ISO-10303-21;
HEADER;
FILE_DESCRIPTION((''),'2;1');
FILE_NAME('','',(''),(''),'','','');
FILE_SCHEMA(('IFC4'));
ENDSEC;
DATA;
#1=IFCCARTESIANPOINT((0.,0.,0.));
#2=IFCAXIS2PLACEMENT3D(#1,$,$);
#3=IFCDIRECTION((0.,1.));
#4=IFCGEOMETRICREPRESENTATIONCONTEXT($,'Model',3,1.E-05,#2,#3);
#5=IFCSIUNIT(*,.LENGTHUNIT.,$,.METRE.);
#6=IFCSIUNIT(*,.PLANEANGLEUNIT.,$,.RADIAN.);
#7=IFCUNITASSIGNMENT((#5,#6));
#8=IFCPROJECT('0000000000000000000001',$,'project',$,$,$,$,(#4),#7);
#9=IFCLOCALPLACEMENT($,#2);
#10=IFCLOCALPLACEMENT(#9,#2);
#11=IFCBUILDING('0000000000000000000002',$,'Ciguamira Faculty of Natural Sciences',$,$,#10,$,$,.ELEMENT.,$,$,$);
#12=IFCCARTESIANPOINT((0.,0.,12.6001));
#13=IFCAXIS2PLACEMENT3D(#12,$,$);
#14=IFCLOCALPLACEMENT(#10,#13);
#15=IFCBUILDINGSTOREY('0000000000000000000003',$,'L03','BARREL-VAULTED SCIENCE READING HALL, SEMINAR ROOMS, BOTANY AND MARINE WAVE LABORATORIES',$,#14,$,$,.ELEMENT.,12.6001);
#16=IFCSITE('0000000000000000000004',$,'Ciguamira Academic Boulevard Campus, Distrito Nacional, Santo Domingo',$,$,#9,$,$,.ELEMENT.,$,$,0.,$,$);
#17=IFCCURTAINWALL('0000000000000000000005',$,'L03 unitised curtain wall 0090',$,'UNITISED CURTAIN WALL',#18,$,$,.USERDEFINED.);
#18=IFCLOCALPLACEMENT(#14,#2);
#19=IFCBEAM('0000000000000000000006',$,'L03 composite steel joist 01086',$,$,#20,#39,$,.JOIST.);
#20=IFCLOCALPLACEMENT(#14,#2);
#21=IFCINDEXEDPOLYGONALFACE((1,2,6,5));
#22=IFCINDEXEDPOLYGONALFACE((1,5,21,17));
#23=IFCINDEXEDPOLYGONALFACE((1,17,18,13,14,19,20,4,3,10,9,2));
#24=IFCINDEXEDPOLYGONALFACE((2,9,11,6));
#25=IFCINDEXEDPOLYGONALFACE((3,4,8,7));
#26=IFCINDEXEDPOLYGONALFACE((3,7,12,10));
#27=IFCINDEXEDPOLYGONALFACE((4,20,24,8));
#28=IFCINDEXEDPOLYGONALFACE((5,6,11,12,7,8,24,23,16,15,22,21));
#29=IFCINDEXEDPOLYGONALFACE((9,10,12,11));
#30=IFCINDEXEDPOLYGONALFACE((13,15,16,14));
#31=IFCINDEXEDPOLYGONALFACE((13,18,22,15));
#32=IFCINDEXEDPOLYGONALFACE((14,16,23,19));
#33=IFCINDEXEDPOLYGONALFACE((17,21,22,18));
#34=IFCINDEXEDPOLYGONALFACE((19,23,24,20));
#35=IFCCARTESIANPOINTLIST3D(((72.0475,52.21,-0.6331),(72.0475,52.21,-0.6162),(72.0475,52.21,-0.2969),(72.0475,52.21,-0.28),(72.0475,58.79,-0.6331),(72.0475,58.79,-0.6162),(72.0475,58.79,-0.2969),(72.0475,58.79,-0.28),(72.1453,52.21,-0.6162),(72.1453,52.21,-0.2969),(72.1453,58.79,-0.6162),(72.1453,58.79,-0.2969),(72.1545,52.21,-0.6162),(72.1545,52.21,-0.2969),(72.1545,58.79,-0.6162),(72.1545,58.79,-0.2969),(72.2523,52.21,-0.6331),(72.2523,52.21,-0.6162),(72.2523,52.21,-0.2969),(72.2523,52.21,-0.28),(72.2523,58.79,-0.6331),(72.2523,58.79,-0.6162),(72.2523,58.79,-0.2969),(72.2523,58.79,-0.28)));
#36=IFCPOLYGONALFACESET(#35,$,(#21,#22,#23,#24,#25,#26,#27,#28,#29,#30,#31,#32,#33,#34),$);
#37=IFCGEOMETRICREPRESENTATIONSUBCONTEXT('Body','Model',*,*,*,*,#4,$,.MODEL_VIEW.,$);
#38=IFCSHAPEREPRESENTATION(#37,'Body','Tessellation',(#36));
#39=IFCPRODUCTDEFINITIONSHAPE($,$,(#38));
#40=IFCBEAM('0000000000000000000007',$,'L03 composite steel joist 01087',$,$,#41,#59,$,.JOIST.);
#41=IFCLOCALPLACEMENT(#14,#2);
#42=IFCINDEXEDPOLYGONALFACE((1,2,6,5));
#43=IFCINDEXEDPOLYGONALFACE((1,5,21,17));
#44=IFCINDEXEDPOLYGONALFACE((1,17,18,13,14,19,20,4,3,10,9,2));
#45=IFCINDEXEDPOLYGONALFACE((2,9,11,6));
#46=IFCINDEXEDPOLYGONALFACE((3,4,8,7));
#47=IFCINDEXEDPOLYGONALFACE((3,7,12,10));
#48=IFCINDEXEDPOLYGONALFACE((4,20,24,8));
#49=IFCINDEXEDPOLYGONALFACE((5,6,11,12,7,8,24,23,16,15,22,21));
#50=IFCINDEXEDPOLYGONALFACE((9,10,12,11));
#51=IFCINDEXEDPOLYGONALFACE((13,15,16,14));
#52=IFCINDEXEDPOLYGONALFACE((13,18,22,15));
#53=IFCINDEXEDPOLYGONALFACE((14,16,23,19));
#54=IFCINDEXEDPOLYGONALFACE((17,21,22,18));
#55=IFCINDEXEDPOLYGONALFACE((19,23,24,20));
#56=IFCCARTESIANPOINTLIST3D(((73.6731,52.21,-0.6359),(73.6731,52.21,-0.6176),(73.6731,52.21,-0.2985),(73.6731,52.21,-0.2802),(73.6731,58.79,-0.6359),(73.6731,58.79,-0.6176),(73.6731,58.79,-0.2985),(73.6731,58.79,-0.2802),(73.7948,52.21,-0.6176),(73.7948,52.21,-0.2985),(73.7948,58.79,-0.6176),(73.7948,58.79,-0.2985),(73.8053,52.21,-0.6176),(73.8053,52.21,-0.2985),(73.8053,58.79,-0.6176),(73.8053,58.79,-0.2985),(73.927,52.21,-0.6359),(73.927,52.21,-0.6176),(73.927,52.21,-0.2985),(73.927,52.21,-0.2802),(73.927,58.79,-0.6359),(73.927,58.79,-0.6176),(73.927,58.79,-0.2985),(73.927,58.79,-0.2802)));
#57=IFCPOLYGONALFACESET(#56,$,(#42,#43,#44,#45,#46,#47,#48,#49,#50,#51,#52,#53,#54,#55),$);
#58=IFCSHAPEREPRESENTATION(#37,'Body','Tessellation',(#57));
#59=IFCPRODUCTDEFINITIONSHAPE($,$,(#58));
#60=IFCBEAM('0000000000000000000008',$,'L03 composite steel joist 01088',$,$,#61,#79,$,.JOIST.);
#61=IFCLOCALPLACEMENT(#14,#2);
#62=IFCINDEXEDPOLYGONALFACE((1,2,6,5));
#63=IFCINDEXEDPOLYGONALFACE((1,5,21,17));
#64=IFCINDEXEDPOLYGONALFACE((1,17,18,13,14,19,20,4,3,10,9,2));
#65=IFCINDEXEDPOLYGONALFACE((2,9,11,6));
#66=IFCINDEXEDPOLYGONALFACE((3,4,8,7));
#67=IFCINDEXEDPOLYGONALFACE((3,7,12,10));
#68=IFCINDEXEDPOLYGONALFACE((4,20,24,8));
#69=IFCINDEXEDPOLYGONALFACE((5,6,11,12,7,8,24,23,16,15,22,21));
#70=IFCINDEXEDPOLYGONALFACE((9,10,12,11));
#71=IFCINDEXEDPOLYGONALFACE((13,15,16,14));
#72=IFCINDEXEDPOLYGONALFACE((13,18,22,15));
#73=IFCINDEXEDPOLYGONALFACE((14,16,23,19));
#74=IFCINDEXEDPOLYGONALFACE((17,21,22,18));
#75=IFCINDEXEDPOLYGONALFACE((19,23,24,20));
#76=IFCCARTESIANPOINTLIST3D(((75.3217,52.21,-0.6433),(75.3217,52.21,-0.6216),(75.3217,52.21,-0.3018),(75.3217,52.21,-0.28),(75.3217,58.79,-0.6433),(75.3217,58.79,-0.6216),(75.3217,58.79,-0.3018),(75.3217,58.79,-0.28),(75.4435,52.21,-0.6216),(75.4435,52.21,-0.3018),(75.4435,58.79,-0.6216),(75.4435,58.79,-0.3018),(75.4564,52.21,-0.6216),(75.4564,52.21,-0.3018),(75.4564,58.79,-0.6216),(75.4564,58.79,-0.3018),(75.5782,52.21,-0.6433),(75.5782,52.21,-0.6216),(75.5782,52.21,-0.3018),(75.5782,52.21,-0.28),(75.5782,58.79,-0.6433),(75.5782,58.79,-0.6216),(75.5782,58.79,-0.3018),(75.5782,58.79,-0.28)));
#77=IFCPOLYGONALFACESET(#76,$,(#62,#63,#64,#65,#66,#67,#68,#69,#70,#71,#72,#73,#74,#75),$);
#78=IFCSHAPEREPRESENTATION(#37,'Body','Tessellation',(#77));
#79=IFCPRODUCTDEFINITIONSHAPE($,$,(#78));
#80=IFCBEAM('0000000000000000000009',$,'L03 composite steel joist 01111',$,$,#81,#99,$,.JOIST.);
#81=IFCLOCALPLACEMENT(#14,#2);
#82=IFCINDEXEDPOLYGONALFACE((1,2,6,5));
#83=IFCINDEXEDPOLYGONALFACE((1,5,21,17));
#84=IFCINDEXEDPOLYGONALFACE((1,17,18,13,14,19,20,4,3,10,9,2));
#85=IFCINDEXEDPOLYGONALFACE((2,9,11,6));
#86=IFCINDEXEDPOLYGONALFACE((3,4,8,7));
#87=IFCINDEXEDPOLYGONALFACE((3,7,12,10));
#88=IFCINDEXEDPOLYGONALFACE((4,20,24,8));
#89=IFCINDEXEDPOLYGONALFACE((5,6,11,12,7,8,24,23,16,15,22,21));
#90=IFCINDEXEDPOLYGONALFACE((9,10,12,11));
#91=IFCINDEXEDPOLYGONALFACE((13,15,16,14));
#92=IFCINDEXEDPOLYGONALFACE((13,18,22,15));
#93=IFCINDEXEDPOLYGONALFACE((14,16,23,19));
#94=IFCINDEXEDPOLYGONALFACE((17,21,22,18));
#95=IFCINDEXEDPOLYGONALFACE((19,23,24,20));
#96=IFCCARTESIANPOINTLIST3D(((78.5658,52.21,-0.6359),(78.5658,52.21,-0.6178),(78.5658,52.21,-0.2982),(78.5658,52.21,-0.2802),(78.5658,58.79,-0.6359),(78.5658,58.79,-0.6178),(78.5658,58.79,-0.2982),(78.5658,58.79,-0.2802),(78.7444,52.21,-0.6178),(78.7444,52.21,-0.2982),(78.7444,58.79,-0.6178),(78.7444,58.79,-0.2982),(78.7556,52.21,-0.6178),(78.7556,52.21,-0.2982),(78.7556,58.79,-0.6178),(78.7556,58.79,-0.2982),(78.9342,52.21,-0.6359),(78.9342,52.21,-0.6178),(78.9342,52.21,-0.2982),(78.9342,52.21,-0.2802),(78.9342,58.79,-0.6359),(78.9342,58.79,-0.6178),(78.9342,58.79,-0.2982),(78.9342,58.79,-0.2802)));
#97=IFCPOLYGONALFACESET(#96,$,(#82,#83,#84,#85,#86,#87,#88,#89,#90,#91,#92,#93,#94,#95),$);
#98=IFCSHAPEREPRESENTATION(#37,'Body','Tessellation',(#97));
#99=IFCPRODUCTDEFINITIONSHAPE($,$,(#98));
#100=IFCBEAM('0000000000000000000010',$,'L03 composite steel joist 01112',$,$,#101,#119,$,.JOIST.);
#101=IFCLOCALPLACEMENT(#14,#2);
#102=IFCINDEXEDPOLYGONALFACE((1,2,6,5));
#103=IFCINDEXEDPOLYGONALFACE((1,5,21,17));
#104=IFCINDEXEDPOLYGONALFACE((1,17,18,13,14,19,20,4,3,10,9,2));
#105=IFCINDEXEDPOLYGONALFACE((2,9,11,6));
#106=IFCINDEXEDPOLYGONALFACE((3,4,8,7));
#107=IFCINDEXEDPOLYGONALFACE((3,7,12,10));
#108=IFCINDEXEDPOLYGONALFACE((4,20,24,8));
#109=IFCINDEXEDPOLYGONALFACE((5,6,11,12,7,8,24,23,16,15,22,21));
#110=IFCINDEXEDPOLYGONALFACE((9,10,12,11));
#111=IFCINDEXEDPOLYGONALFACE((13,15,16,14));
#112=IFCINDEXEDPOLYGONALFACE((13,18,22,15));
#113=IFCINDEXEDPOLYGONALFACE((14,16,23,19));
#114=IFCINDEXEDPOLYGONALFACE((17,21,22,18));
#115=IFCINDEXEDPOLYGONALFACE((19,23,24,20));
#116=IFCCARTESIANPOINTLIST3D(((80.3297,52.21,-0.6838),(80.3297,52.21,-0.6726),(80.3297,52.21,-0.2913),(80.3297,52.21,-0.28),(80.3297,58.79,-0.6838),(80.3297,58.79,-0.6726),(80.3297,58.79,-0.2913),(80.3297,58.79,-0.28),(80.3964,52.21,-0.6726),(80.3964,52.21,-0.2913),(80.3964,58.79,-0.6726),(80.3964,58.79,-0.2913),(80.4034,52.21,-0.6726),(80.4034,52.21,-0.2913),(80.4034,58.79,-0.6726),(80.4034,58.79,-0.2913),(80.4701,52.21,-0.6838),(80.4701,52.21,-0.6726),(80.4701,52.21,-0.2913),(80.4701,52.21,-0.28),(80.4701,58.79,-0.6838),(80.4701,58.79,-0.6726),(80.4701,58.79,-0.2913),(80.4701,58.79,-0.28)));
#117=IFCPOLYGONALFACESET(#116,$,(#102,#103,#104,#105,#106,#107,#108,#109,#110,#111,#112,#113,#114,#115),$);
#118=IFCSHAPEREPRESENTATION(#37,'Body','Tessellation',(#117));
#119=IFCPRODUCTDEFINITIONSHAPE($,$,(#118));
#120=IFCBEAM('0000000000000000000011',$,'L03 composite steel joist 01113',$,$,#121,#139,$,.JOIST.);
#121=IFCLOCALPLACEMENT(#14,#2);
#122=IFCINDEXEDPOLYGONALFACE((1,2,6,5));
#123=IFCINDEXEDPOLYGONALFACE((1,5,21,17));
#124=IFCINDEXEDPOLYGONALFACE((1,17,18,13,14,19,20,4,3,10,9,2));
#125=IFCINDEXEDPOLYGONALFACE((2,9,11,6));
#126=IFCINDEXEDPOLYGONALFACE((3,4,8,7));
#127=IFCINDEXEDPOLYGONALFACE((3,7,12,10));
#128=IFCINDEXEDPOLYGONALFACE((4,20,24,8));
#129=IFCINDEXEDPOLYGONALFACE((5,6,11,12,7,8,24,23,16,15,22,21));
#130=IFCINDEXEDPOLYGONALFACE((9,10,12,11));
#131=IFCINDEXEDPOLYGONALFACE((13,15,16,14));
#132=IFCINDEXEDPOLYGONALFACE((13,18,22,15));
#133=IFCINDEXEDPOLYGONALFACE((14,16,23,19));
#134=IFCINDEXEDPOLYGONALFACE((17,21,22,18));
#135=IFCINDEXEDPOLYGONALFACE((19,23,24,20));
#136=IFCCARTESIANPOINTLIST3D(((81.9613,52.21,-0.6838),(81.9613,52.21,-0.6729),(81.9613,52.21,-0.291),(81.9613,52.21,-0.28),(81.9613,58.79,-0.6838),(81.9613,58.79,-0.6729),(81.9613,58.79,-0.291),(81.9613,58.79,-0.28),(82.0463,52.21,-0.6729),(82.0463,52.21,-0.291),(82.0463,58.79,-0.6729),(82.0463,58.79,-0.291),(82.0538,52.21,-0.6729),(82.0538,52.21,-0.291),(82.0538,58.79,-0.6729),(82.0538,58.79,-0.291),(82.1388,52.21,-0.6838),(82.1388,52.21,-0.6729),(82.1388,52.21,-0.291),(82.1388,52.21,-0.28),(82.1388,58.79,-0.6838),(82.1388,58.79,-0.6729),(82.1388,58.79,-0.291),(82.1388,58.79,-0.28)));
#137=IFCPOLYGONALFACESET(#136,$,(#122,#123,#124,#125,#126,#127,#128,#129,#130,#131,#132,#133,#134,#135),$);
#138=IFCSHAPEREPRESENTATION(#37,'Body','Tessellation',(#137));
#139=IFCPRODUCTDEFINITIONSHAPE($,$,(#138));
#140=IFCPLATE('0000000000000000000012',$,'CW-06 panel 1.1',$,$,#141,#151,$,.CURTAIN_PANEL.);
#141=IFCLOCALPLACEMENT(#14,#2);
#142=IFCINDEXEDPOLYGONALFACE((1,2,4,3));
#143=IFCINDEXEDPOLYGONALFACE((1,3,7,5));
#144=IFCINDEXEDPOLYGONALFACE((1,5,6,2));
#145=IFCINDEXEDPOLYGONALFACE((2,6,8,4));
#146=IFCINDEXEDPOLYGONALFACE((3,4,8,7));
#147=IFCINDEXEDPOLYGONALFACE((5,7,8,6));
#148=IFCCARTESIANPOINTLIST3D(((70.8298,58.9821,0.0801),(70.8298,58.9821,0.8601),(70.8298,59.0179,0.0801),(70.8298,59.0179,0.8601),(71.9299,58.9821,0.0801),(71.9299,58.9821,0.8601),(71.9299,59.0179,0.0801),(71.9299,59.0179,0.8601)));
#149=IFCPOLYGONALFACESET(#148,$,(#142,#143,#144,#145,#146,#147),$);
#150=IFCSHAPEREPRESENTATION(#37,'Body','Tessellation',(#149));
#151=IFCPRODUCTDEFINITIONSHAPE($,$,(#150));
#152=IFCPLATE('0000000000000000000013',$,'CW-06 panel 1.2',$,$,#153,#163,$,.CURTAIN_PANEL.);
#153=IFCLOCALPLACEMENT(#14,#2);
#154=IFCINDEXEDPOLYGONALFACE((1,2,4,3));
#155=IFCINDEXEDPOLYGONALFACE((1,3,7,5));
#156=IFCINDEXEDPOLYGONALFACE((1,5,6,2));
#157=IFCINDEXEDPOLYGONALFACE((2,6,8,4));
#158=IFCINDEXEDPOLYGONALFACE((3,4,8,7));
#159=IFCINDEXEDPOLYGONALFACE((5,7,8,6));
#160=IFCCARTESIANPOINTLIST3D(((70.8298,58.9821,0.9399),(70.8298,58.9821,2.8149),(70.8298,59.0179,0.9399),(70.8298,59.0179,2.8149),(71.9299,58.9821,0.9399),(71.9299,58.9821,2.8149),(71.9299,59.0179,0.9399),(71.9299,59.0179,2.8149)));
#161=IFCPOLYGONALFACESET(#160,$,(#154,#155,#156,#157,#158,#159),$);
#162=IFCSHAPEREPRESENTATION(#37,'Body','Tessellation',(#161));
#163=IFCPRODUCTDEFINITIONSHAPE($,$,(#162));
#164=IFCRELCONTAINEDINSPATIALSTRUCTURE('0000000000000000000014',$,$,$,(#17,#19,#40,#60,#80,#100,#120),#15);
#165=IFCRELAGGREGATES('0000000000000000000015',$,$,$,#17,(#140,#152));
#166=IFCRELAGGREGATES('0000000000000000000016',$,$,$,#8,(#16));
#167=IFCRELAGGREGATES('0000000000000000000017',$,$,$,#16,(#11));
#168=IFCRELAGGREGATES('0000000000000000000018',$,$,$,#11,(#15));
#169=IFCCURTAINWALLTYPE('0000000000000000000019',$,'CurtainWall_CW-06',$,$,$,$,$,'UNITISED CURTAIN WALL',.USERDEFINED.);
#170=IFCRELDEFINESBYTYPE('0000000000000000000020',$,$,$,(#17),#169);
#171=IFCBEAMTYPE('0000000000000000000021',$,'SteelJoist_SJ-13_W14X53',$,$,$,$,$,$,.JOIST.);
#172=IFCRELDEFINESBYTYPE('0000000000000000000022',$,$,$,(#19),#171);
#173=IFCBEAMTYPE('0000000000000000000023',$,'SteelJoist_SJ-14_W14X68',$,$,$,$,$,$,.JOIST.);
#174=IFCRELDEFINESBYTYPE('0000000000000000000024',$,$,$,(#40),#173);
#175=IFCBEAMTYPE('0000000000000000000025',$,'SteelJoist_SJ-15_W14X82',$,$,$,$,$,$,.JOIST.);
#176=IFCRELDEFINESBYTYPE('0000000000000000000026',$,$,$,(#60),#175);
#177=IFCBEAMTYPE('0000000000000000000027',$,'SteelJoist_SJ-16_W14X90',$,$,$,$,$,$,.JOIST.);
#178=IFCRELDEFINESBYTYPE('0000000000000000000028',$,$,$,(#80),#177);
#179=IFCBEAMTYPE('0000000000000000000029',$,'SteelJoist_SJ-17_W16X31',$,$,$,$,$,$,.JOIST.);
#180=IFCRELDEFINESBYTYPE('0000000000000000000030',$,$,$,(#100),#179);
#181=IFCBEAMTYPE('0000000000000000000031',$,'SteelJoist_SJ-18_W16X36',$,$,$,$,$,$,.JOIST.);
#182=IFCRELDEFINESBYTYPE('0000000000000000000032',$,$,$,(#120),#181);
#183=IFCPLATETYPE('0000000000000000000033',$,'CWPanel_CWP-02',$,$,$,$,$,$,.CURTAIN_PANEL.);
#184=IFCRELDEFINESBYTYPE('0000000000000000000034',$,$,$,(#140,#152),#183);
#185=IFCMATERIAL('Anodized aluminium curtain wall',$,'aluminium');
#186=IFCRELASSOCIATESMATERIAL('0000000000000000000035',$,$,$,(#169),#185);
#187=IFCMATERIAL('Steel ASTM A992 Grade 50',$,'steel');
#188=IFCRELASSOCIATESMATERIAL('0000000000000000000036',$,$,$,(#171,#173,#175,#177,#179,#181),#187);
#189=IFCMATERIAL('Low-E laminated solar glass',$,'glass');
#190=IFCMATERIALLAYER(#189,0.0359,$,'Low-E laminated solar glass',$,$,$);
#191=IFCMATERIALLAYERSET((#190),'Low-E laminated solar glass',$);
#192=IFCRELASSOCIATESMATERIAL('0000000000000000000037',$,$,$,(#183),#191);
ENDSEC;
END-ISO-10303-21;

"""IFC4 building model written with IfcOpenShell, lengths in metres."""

from ifc_helpers import new_model, si_unit, direction, frame, origin, origin_2d, place, context, subcontext, project, spatial, rectangle, i_section, extrude, material, layer, layer_set, material_profile, profile_set, type_object, element, aggregate, save


model = new_model("IFC4")

# Units and contexts
model_context = context("Model", 3, precision=1e-05, world=origin(), true_north=direction((0.0, 1.0)))
body_context = subcontext(model_context, "Body", "Model", "MODEL_VIEW")
ifc_project = project(units=[si_unit("LENGTHUNIT", "METRE"), si_unit("PLANEANGLEUNIT", "RADIAN")], contexts=[model_context])

# Site, building, storey
site_placement = place(None, origin())
site = spatial("IfcSite", under=ifc_project, at=site_placement, Name="Ciguamira Academic Boulevard Campus, Distrito Nacional, Santo Domingo", CompositionType="ELEMENT", RefElevation=0.0)
building_placement = place(site_placement, origin())
building = spatial("IfcBuilding", under=site, at=building_placement, Name="Ciguamira Faculty of Natural Sciences", CompositionType="ELEMENT")
storey_placement = place(building_placement, frame((0.0, 0.0, 12.6001)))
storey = spatial("IfcBuildingStorey", under=building, at=storey_placement, Name="L03", Description="BARREL-VAULTED SCIENCE READING HALL, SEMINAR ROOMS, BOTANY AND MARINE WAVE LABORATORIES", CompositionType="ELEMENT", Elevation=12.6001)

# Curtain wall
ifc_material_1 = material(Name="Anodized aluminium curtain wall", Category="aluminium")
curtain_wall_type = type_object("IfcCurtainWallType", Name="CurtainWall_CW-06", ElementType="UNITISED CURTAIN WALL", PredefinedType="USERDEFINED", material=ifc_material_1)
curtain_wall_placement = place(storey_placement, origin())
curtain_wall = element("IfcCurtainWall", 1, at=curtain_wall_placement, inside=storey, type_object=curtain_wall_type, Name="L03 unitised curtain wall 0090", ObjectType="UNITISED CURTAIN WALL", PredefinedType="USERDEFINED")

# Beams
ifc_material_2 = material(Name="Steel ASTM A992 Grade 50", Category="steel")
ifc_material_profile_1 = material_profile(ifc_material_2, i_section(OverallWidth=0.2048, OverallDepth=0.353, WebThickness=0.0093, FlangeThickness=0.0168, at=origin_2d()), Name="W14X53")
ifc_profile_set_1 = profile_set([ifc_material_profile_1], Name="Steel ASTM A992 Grade 50")
beam_type_1 = type_object("IfcBeamType", Name="SteelJoist_SJ-13_W14X53", PredefinedType="JOIST", material=ifc_profile_set_1)
beam_1_placement = place(storey_placement, frame((72.1499, 52.21, -0.4565), z_axis=(0.0, 1.0, 0.0), x_axis=(-1.0, 0.0, 0.0)))
element("IfcBeam", 2, at=beam_1_placement, inside=storey, type_object=beam_type_1, Name="L03 composite steel joist 01086", PredefinedType="JOIST", context=body_context, shape_type="SweptSolid", body=[
    extrude(i_section(OverallWidth=0.2048, OverallDepth=0.353, WebThickness=0.0093, FlangeThickness=0.0168, at=origin_2d()), origin(), (0.0, 0.0, 1.0), 6.5801),
])
ifc_material_profile_2 = material_profile(ifc_material_2, i_section(OverallWidth=0.2539, OverallDepth=0.3557, WebThickness=0.0105, FlangeThickness=0.0183, at=origin_2d()), Name="W14X68")
ifc_profile_set_2 = profile_set([ifc_material_profile_2], Name="Steel ASTM A992 Grade 50")
beam_type_2 = type_object("IfcBeamType", Name="SteelJoist_SJ-14_W14X68", PredefinedType="JOIST", material=ifc_profile_set_2)
beam_2_placement = place(storey_placement, frame((73.8, 52.21, -0.458), z_axis=(0.0, 1.0, 0.0), x_axis=(-1.0, 0.0, 0.0)))
element("IfcBeam", 3, at=beam_2_placement, inside=storey, type_object=beam_type_2, Name="L03 composite steel joist 01087", PredefinedType="JOIST", context=body_context, shape_type="SweptSolid", body=[
    extrude(i_section(OverallWidth=0.2539, OverallDepth=0.3557, WebThickness=0.0105, FlangeThickness=0.0183, at=origin_2d()), origin(), (0.0, 0.0, 1.0), 6.5801),
])
ifc_material_profile_3 = material_profile(ifc_material_2, i_section(OverallWidth=0.2566, OverallDepth=0.3633, WebThickness=0.0129, FlangeThickness=0.0217, at=origin_2d()), Name="W14X82")
ifc_profile_set_3 = profile_set([ifc_material_profile_3], Name="Steel ASTM A992 Grade 50")
beam_type_3 = type_object("IfcBeamType", Name="SteelJoist_SJ-15_W14X82", PredefinedType="JOIST", material=ifc_profile_set_3)
beam_3_placement = place(storey_placement, frame((75.45, 52.21, -0.4617), z_axis=(0.0, 1.0, 0.0), x_axis=(-1.0, 0.0, 0.0)))
element("IfcBeam", 4, at=beam_3_placement, inside=storey, type_object=beam_type_3, Name="L03 composite steel joist 01088", PredefinedType="JOIST", context=body_context, shape_type="SweptSolid", body=[
    extrude(i_section(OverallWidth=0.2566, OverallDepth=0.3633, WebThickness=0.0129, FlangeThickness=0.0217, at=origin_2d()), origin(), (0.0, 0.0, 1.0), 6.5801),
])
ifc_material_profile_4 = material_profile(ifc_material_2, i_section(OverallWidth=0.3684, OverallDepth=0.3557, WebThickness=0.0112, FlangeThickness=0.0181, at=origin_2d()), Name="W14X90")
ifc_profile_set_4 = profile_set([ifc_material_profile_4], Name="Steel ASTM A992 Grade 50")
beam_type_4 = type_object("IfcBeamType", Name="SteelJoist_SJ-16_W14X90", PredefinedType="JOIST", material=ifc_profile_set_4)
beam_4_placement = place(storey_placement, frame((78.75, 52.21, -0.458), z_axis=(0.0, 1.0, 0.0), x_axis=(-1.0, 0.0, 0.0)))
element("IfcBeam", 5, at=beam_4_placement, inside=storey, type_object=beam_type_4, Name="L03 composite steel joist 01111", PredefinedType="JOIST", context=body_context, shape_type="SweptSolid", body=[
    extrude(i_section(OverallWidth=0.3684, OverallDepth=0.3557, WebThickness=0.0112, FlangeThickness=0.0181, at=origin_2d()), origin(), (0.0, 0.0, 1.0), 6.5801),
])
ifc_material_profile_5 = material_profile(ifc_material_2, i_section(OverallWidth=0.1404, OverallDepth=0.4038, WebThickness=0.0071, FlangeThickness=0.0112, at=origin_2d()), Name="W16X31")
ifc_profile_set_5 = profile_set([ifc_material_profile_5], Name="Steel ASTM A992 Grade 50")
beam_type_5 = type_object("IfcBeamType", Name="SteelJoist_SJ-17_W16X31", PredefinedType="JOIST", material=ifc_profile_set_5)
beam_5_placement = place(storey_placement, frame((80.3999, 52.21, -0.4819), z_axis=(0.0, 1.0, 0.0), x_axis=(-1.0, 0.0, 0.0)))
element("IfcBeam", 6, at=beam_5_placement, inside=storey, type_object=beam_type_5, Name="L03 composite steel joist 01112", PredefinedType="JOIST", context=body_context, shape_type="SweptSolid", body=[
    extrude(i_section(OverallWidth=0.1404, OverallDepth=0.4038, WebThickness=0.0071, FlangeThickness=0.0112, at=origin_2d()), origin(), (0.0, 0.0, 1.0), 6.5801),
])
ifc_material_profile_6 = material_profile(ifc_material_2, i_section(OverallWidth=0.1775, OverallDepth=0.4038, WebThickness=0.0076, FlangeThickness=0.011, at=origin_2d()), Name="W16X36")
ifc_profile_set_6 = profile_set([ifc_material_profile_6], Name="Steel ASTM A992 Grade 50")
beam_type_6 = type_object("IfcBeamType", Name="SteelJoist_SJ-18_W16X36", PredefinedType="JOIST", material=ifc_profile_set_6)
beam_6_placement = place(storey_placement, frame((82.05, 52.21, -0.4819), z_axis=(0.0, 1.0, 0.0), x_axis=(-1.0, 0.0, 0.0)))
element("IfcBeam", 7, at=beam_6_placement, inside=storey, type_object=beam_type_6, Name="L03 composite steel joist 01113", PredefinedType="JOIST", context=body_context, shape_type="SweptSolid", body=[
    extrude(i_section(OverallWidth=0.1775, OverallDepth=0.4038, WebThickness=0.0076, FlangeThickness=0.011, at=origin_2d()), origin(), (0.0, 0.0, 1.0), 6.5801),
])

# Plates
ifc_material_3 = material(Name="Low-E laminated solar glass", Category="glass")
ifc_layer = layer(ifc_material_3, 0.0359, Name="Low-E laminated solar glass")
ifc_layer_set = layer_set([ifc_layer], Name="Low-E laminated solar glass")
plate_type = type_object("IfcPlateType", Name="CWPanel_CWP-02", PredefinedType="CURTAIN_PANEL", material=ifc_layer_set)
plate_1_placement = place(storey_placement, frame((71.3799, 59.0, 0.0801), z_axis=(0.0, 0.0, 1.0), x_axis=(1.0, 0.0, 0.0)))
plate_1 = element("IfcPlate", 8, at=plate_1_placement, type_object=plate_type, Name="CW-06 panel 1.1", PredefinedType="CURTAIN_PANEL", context=body_context, shape_type="SweptSolid", body=[
    extrude(rectangle(XDim=1.1001, YDim=0.0359, at=origin_2d()), origin(), (0.0, 0.0, 1.0), 0.78),
])
plate_2_placement = place(storey_placement, frame((71.3799, 59.0, 0.9399), z_axis=(0.0, 0.0, 1.0), x_axis=(1.0, 0.0, 0.0)))
plate_2 = element("IfcPlate", 9, at=plate_2_placement, type_object=plate_type, Name="CW-06 panel 1.2", PredefinedType="CURTAIN_PANEL", context=body_context, shape_type="SweptSolid", body=[
    extrude(rectangle(XDim=1.1001, YDim=0.0359, at=origin_2d()), origin(), (0.0, 0.0, 1.0), 1.875),
])
aggregate(curtain_wall, [plate_1, plate_2])

save(model, "model.ifc")
